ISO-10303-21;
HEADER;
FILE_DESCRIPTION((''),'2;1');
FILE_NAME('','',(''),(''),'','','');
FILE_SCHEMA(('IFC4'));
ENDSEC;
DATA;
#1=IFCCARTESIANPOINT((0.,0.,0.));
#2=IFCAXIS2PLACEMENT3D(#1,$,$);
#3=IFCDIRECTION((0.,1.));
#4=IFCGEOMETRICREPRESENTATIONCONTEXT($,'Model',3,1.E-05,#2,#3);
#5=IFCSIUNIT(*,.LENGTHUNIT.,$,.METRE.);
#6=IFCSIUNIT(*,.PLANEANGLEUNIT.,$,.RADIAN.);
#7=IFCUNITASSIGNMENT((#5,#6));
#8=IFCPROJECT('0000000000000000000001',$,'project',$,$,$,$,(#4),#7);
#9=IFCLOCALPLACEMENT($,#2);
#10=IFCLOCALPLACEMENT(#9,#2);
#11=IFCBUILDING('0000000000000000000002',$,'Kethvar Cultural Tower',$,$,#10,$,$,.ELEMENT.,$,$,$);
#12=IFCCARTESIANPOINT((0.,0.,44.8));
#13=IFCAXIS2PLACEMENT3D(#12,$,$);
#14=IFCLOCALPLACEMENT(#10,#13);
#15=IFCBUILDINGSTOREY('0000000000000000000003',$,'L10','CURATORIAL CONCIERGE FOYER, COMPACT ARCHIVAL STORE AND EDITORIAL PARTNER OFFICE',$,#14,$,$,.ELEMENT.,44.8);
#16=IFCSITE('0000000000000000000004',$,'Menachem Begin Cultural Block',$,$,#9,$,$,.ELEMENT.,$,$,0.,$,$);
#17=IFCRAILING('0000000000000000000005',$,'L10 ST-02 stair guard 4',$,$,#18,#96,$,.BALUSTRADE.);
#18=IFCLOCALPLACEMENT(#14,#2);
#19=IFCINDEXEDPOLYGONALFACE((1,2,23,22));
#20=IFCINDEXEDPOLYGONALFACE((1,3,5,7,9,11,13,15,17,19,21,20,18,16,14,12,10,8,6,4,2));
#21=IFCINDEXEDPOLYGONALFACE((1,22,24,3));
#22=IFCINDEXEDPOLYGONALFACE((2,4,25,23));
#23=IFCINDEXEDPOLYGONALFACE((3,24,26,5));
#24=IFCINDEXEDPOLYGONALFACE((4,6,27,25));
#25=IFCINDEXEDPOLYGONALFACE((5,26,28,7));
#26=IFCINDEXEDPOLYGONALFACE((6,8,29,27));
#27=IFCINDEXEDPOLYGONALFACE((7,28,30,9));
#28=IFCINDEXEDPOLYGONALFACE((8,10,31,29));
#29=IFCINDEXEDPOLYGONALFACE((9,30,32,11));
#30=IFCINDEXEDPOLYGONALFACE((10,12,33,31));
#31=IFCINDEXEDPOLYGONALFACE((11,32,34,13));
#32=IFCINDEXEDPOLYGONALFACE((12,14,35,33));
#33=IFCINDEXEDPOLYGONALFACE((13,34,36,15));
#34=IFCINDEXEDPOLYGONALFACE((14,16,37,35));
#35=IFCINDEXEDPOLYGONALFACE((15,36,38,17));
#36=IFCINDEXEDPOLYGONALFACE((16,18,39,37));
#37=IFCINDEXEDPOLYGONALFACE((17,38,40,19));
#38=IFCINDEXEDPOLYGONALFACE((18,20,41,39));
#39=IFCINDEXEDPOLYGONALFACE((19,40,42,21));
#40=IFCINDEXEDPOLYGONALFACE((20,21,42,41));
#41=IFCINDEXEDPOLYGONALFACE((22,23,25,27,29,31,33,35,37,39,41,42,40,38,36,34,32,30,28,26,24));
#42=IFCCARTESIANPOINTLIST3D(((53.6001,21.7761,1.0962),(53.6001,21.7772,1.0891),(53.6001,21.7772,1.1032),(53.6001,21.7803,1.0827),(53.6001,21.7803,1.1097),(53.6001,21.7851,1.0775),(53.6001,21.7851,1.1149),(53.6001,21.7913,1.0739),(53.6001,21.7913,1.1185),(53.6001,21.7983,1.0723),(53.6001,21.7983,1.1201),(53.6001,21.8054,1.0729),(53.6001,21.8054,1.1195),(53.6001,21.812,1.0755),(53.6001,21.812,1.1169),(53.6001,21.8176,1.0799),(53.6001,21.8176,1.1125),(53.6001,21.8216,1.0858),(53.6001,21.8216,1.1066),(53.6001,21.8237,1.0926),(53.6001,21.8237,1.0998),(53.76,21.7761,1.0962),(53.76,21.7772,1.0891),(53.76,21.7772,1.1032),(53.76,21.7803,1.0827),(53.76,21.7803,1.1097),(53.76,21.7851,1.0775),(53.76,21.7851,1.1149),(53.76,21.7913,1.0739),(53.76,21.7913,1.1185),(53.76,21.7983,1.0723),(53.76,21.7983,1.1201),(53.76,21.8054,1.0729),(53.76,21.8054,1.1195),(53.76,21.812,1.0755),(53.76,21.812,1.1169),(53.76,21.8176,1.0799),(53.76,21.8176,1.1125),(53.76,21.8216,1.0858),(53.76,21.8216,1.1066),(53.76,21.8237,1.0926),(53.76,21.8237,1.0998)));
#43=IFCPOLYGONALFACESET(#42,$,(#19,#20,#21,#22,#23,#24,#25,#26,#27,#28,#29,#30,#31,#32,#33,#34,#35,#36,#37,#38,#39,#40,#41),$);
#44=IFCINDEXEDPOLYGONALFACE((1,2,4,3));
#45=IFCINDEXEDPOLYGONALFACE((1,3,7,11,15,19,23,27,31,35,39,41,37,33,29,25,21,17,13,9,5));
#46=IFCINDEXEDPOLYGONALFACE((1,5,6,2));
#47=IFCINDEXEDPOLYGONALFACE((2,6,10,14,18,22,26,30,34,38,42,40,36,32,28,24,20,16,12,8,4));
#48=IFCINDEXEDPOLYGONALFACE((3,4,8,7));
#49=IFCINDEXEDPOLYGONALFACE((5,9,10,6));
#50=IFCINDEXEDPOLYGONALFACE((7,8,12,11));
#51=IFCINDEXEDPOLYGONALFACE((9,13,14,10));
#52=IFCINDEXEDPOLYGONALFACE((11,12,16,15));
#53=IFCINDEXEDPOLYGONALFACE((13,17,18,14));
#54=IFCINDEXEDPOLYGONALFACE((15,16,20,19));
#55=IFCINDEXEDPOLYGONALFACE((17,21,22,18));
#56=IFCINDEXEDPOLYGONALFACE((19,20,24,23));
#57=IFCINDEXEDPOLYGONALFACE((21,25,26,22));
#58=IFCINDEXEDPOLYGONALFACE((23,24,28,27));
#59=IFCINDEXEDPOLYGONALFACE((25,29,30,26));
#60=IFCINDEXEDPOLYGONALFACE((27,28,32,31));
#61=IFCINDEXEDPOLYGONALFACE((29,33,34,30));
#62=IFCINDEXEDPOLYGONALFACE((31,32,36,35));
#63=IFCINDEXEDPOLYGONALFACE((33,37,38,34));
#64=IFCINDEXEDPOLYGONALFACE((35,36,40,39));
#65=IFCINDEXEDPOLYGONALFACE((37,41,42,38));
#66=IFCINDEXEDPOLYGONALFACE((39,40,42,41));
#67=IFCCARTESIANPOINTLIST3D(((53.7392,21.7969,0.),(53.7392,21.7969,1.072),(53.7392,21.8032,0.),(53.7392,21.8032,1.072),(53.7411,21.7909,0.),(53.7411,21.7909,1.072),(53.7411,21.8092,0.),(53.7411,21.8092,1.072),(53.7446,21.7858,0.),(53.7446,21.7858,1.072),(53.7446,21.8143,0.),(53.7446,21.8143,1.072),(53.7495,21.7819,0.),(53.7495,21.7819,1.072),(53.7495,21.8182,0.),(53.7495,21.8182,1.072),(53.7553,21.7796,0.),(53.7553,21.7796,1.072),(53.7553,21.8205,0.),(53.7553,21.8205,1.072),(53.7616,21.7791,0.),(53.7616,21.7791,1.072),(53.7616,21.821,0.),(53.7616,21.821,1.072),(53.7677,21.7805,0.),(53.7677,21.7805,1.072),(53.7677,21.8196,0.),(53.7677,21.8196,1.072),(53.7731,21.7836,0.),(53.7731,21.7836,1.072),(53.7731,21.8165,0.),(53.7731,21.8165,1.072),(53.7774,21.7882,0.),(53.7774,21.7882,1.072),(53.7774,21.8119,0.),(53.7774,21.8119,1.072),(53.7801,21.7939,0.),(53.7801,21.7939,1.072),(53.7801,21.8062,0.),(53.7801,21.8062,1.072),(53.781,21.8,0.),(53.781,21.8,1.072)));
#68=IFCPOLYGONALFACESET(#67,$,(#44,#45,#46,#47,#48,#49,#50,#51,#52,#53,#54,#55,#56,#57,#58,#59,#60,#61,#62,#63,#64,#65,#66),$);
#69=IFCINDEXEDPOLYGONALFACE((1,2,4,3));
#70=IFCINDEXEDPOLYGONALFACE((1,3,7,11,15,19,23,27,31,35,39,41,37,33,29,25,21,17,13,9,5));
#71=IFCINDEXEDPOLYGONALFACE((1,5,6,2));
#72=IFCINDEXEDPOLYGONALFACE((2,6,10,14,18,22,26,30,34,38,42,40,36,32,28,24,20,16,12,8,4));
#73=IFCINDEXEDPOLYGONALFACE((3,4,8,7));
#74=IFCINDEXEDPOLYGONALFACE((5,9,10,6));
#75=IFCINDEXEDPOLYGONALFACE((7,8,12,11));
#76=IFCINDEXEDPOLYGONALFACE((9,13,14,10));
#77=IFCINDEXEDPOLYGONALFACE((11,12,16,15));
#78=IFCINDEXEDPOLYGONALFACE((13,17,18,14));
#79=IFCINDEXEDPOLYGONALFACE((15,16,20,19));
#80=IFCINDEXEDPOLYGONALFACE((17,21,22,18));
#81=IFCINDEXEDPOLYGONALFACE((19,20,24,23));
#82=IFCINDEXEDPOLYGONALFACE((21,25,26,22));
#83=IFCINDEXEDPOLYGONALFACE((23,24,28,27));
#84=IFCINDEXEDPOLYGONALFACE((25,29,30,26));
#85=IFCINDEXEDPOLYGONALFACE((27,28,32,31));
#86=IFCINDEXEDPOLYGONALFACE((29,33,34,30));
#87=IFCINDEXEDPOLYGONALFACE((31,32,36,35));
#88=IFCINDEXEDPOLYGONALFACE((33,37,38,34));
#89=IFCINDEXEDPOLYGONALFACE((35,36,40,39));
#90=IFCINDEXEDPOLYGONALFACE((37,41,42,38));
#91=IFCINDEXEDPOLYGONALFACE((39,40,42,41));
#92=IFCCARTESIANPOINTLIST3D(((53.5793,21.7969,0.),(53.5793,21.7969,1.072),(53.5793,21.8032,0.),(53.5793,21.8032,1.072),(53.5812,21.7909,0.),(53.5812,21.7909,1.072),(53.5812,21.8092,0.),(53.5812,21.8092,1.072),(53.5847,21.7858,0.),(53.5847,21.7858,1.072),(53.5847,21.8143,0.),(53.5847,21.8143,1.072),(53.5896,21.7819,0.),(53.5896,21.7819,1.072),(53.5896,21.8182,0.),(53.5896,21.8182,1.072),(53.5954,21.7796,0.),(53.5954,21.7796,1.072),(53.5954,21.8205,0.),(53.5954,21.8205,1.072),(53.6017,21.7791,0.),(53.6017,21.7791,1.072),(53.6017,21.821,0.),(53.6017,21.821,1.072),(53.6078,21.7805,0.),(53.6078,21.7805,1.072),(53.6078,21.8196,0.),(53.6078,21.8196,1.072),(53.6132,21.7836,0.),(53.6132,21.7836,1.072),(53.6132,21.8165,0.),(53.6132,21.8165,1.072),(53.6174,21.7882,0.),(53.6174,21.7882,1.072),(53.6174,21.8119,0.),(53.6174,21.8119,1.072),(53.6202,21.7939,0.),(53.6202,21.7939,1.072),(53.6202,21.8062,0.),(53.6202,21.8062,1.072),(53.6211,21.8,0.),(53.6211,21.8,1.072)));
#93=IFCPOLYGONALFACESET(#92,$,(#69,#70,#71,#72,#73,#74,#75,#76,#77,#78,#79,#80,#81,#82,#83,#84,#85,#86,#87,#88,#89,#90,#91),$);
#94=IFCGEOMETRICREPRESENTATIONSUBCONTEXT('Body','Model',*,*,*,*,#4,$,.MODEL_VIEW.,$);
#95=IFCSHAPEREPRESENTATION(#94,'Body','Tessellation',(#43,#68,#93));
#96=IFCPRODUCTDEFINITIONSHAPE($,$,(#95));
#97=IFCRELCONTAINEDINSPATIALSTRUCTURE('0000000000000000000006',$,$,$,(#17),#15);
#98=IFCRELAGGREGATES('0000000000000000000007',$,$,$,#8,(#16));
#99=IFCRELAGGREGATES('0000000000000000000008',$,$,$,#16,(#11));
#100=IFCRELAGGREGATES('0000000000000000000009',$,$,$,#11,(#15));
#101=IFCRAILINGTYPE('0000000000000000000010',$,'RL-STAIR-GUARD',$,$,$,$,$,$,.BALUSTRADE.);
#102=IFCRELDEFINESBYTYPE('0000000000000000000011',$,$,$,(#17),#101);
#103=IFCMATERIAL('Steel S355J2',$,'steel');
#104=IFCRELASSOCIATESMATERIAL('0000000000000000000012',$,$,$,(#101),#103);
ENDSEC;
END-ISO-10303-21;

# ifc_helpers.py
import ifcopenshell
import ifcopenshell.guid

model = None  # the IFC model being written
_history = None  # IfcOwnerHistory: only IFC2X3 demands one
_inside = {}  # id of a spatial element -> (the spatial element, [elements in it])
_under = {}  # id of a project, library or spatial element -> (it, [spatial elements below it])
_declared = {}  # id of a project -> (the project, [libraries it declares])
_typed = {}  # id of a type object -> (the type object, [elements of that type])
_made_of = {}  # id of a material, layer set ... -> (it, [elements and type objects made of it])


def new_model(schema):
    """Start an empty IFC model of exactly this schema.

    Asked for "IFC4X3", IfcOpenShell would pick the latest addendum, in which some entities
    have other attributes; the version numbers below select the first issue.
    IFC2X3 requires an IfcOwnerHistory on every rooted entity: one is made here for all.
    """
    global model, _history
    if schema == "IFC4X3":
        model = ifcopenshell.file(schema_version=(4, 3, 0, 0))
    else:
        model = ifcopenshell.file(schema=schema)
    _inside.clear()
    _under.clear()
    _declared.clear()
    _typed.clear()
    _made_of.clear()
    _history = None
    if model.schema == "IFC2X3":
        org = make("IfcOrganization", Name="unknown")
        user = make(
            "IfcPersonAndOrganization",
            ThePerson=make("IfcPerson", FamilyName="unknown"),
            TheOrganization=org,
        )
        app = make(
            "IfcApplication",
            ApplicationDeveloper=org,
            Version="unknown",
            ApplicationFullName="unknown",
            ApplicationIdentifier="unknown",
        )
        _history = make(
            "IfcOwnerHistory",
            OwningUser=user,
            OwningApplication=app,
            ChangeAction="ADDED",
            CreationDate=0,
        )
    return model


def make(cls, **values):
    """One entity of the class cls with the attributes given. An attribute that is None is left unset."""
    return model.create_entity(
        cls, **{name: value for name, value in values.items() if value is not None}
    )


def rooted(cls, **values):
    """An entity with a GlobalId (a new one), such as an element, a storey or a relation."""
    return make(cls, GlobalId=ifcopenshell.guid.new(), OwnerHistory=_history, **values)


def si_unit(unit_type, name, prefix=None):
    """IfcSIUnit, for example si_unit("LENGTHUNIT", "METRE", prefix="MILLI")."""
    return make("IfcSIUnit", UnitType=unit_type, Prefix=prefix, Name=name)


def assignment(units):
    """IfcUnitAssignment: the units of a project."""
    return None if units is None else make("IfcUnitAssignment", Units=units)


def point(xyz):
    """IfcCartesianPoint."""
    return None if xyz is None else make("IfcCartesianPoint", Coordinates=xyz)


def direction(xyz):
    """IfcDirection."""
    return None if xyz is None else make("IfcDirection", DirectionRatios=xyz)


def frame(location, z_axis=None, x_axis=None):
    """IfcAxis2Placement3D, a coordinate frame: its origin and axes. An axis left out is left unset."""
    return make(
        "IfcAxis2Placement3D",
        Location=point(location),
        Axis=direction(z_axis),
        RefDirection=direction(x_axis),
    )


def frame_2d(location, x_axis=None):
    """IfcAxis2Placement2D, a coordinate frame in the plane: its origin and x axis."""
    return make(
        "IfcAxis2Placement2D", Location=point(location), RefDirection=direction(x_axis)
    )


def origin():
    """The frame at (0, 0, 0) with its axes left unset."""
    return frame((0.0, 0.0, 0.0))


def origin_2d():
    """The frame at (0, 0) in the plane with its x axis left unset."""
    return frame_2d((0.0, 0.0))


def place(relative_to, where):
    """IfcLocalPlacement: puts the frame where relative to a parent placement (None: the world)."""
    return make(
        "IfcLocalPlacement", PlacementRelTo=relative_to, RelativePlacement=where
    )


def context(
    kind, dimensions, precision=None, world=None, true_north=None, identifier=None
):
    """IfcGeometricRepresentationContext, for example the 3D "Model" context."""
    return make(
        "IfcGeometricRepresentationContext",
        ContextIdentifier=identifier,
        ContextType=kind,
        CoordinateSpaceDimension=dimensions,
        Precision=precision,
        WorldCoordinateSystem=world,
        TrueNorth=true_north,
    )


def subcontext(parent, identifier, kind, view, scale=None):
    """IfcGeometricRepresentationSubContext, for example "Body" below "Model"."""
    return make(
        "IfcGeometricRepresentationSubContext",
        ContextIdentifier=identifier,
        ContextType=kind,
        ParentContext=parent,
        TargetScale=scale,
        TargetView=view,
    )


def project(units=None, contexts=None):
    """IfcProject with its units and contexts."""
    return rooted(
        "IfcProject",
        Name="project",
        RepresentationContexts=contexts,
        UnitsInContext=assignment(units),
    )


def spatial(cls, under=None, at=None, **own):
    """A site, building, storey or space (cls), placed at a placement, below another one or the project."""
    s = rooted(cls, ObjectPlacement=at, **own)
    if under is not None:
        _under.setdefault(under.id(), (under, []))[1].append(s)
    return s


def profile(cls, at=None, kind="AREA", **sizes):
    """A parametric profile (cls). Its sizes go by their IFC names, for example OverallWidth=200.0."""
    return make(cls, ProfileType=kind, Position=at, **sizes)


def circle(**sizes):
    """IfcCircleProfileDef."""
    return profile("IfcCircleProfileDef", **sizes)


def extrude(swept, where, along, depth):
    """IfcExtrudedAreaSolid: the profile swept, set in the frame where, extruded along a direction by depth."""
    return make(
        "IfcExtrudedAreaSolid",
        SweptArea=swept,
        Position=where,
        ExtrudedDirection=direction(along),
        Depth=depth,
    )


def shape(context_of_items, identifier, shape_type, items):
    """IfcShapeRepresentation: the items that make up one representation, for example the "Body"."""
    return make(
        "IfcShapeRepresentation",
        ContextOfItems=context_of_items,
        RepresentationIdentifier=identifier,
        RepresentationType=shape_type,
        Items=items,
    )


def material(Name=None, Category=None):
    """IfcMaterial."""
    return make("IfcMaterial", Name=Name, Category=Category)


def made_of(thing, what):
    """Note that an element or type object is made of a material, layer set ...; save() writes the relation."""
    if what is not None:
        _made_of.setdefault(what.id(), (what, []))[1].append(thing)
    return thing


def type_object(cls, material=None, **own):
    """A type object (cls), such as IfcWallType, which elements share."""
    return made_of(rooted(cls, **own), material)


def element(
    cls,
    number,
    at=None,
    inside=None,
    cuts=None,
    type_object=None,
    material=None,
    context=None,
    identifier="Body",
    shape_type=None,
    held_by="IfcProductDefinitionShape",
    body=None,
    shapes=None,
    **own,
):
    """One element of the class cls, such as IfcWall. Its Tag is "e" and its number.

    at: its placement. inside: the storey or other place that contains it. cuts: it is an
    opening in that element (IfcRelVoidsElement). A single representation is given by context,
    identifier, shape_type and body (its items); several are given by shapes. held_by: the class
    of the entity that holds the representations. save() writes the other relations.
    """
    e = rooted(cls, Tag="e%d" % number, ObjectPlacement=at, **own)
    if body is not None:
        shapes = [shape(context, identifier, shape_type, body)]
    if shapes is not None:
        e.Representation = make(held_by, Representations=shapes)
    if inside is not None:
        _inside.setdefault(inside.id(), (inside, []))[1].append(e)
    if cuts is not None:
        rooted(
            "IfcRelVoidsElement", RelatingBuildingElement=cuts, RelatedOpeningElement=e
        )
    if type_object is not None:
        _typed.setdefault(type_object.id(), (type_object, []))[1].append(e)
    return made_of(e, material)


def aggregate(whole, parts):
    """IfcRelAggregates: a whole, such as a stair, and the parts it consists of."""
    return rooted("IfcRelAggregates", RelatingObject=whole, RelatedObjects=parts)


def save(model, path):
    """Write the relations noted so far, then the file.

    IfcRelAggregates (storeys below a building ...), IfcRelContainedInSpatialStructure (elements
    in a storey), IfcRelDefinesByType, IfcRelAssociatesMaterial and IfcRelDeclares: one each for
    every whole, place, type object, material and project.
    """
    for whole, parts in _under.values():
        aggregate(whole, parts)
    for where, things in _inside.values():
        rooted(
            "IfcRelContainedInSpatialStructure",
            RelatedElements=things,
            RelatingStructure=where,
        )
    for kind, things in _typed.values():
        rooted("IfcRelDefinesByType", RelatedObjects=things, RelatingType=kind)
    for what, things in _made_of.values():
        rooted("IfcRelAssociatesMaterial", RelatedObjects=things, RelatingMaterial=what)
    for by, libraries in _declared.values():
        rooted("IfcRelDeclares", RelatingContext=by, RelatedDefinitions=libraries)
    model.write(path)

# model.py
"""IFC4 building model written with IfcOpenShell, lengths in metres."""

from ifc_helpers import new_model, si_unit, direction, frame, origin, origin_2d, place, context, subcontext, project, spatial, circle, extrude, material, type_object, element, save


model = new_model("IFC4")

# Units and contexts
model_context = context("Model", 3, precision=1e-05, world=origin(), true_north=direction((0.0, 1.0)))
body_context = subcontext(model_context, "Body", "Model", "MODEL_VIEW")
ifc_project = project(units=[si_unit("LENGTHUNIT", "METRE"), si_unit("PLANEANGLEUNIT", "RADIAN")], contexts=[model_context])

# Site, building, storey
site_placement = place(None, origin())
site = spatial("IfcSite", under=ifc_project, at=site_placement, Name="Menachem Begin Cultural Block", CompositionType="ELEMENT", RefElevation=0.0)
building_placement = place(site_placement, origin())
building = spatial("IfcBuilding", under=site, at=building_placement, Name="Kethvar Cultural Tower", CompositionType="ELEMENT")
storey_placement = place(building_placement, frame((0.0, 0.0, 44.8)))
storey = spatial("IfcBuildingStorey", under=building, at=storey_placement, Name="L10", Description="CURATORIAL CONCIERGE FOYER, COMPACT ARCHIVAL STORE AND EDITORIAL PARTNER OFFICE", CompositionType="ELEMENT", Elevation=44.8)

# Shared definitions
ifc_material_1 = material(Name="Steel S355J2", Category="steel")

# Railing
railing_type_1 = type_object("IfcRailingType", Name="RL-STAIR-GUARD", PredefinedType="BALUSTRADE", material=ifc_material_1)
railing_1_placement = place(storey_placement, frame((53.76, 21.8, 0.0)))
element("IfcRailing", 1, at=railing_1_placement, inside=storey, type_object=railing_type_1, Name="L10 ST-02 stair guard 4", PredefinedType="BALUSTRADE", context=body_context, shape_type="SweptSolid", body=[
    extrude(circle(Radius=0.0239, at=origin_2d()), frame((0.0, 0.0, 1.0962), z_axis=(-1.0, 0.0, 0.0), x_axis=(0.0, -1.0, 0.0)), (0.0, 0.0, 1.0), 0.1599),
    extrude(circle(Radius=0.021, at=origin_2d()), origin(), (0.0, 0.0, 1.0), 1.072),
    extrude(circle(Radius=0.021, at=origin_2d()), frame((-0.1599, 0.0, 0.0)), (0.0, 0.0, 1.0), 1.072),
])

save(model, "model.ifc")
